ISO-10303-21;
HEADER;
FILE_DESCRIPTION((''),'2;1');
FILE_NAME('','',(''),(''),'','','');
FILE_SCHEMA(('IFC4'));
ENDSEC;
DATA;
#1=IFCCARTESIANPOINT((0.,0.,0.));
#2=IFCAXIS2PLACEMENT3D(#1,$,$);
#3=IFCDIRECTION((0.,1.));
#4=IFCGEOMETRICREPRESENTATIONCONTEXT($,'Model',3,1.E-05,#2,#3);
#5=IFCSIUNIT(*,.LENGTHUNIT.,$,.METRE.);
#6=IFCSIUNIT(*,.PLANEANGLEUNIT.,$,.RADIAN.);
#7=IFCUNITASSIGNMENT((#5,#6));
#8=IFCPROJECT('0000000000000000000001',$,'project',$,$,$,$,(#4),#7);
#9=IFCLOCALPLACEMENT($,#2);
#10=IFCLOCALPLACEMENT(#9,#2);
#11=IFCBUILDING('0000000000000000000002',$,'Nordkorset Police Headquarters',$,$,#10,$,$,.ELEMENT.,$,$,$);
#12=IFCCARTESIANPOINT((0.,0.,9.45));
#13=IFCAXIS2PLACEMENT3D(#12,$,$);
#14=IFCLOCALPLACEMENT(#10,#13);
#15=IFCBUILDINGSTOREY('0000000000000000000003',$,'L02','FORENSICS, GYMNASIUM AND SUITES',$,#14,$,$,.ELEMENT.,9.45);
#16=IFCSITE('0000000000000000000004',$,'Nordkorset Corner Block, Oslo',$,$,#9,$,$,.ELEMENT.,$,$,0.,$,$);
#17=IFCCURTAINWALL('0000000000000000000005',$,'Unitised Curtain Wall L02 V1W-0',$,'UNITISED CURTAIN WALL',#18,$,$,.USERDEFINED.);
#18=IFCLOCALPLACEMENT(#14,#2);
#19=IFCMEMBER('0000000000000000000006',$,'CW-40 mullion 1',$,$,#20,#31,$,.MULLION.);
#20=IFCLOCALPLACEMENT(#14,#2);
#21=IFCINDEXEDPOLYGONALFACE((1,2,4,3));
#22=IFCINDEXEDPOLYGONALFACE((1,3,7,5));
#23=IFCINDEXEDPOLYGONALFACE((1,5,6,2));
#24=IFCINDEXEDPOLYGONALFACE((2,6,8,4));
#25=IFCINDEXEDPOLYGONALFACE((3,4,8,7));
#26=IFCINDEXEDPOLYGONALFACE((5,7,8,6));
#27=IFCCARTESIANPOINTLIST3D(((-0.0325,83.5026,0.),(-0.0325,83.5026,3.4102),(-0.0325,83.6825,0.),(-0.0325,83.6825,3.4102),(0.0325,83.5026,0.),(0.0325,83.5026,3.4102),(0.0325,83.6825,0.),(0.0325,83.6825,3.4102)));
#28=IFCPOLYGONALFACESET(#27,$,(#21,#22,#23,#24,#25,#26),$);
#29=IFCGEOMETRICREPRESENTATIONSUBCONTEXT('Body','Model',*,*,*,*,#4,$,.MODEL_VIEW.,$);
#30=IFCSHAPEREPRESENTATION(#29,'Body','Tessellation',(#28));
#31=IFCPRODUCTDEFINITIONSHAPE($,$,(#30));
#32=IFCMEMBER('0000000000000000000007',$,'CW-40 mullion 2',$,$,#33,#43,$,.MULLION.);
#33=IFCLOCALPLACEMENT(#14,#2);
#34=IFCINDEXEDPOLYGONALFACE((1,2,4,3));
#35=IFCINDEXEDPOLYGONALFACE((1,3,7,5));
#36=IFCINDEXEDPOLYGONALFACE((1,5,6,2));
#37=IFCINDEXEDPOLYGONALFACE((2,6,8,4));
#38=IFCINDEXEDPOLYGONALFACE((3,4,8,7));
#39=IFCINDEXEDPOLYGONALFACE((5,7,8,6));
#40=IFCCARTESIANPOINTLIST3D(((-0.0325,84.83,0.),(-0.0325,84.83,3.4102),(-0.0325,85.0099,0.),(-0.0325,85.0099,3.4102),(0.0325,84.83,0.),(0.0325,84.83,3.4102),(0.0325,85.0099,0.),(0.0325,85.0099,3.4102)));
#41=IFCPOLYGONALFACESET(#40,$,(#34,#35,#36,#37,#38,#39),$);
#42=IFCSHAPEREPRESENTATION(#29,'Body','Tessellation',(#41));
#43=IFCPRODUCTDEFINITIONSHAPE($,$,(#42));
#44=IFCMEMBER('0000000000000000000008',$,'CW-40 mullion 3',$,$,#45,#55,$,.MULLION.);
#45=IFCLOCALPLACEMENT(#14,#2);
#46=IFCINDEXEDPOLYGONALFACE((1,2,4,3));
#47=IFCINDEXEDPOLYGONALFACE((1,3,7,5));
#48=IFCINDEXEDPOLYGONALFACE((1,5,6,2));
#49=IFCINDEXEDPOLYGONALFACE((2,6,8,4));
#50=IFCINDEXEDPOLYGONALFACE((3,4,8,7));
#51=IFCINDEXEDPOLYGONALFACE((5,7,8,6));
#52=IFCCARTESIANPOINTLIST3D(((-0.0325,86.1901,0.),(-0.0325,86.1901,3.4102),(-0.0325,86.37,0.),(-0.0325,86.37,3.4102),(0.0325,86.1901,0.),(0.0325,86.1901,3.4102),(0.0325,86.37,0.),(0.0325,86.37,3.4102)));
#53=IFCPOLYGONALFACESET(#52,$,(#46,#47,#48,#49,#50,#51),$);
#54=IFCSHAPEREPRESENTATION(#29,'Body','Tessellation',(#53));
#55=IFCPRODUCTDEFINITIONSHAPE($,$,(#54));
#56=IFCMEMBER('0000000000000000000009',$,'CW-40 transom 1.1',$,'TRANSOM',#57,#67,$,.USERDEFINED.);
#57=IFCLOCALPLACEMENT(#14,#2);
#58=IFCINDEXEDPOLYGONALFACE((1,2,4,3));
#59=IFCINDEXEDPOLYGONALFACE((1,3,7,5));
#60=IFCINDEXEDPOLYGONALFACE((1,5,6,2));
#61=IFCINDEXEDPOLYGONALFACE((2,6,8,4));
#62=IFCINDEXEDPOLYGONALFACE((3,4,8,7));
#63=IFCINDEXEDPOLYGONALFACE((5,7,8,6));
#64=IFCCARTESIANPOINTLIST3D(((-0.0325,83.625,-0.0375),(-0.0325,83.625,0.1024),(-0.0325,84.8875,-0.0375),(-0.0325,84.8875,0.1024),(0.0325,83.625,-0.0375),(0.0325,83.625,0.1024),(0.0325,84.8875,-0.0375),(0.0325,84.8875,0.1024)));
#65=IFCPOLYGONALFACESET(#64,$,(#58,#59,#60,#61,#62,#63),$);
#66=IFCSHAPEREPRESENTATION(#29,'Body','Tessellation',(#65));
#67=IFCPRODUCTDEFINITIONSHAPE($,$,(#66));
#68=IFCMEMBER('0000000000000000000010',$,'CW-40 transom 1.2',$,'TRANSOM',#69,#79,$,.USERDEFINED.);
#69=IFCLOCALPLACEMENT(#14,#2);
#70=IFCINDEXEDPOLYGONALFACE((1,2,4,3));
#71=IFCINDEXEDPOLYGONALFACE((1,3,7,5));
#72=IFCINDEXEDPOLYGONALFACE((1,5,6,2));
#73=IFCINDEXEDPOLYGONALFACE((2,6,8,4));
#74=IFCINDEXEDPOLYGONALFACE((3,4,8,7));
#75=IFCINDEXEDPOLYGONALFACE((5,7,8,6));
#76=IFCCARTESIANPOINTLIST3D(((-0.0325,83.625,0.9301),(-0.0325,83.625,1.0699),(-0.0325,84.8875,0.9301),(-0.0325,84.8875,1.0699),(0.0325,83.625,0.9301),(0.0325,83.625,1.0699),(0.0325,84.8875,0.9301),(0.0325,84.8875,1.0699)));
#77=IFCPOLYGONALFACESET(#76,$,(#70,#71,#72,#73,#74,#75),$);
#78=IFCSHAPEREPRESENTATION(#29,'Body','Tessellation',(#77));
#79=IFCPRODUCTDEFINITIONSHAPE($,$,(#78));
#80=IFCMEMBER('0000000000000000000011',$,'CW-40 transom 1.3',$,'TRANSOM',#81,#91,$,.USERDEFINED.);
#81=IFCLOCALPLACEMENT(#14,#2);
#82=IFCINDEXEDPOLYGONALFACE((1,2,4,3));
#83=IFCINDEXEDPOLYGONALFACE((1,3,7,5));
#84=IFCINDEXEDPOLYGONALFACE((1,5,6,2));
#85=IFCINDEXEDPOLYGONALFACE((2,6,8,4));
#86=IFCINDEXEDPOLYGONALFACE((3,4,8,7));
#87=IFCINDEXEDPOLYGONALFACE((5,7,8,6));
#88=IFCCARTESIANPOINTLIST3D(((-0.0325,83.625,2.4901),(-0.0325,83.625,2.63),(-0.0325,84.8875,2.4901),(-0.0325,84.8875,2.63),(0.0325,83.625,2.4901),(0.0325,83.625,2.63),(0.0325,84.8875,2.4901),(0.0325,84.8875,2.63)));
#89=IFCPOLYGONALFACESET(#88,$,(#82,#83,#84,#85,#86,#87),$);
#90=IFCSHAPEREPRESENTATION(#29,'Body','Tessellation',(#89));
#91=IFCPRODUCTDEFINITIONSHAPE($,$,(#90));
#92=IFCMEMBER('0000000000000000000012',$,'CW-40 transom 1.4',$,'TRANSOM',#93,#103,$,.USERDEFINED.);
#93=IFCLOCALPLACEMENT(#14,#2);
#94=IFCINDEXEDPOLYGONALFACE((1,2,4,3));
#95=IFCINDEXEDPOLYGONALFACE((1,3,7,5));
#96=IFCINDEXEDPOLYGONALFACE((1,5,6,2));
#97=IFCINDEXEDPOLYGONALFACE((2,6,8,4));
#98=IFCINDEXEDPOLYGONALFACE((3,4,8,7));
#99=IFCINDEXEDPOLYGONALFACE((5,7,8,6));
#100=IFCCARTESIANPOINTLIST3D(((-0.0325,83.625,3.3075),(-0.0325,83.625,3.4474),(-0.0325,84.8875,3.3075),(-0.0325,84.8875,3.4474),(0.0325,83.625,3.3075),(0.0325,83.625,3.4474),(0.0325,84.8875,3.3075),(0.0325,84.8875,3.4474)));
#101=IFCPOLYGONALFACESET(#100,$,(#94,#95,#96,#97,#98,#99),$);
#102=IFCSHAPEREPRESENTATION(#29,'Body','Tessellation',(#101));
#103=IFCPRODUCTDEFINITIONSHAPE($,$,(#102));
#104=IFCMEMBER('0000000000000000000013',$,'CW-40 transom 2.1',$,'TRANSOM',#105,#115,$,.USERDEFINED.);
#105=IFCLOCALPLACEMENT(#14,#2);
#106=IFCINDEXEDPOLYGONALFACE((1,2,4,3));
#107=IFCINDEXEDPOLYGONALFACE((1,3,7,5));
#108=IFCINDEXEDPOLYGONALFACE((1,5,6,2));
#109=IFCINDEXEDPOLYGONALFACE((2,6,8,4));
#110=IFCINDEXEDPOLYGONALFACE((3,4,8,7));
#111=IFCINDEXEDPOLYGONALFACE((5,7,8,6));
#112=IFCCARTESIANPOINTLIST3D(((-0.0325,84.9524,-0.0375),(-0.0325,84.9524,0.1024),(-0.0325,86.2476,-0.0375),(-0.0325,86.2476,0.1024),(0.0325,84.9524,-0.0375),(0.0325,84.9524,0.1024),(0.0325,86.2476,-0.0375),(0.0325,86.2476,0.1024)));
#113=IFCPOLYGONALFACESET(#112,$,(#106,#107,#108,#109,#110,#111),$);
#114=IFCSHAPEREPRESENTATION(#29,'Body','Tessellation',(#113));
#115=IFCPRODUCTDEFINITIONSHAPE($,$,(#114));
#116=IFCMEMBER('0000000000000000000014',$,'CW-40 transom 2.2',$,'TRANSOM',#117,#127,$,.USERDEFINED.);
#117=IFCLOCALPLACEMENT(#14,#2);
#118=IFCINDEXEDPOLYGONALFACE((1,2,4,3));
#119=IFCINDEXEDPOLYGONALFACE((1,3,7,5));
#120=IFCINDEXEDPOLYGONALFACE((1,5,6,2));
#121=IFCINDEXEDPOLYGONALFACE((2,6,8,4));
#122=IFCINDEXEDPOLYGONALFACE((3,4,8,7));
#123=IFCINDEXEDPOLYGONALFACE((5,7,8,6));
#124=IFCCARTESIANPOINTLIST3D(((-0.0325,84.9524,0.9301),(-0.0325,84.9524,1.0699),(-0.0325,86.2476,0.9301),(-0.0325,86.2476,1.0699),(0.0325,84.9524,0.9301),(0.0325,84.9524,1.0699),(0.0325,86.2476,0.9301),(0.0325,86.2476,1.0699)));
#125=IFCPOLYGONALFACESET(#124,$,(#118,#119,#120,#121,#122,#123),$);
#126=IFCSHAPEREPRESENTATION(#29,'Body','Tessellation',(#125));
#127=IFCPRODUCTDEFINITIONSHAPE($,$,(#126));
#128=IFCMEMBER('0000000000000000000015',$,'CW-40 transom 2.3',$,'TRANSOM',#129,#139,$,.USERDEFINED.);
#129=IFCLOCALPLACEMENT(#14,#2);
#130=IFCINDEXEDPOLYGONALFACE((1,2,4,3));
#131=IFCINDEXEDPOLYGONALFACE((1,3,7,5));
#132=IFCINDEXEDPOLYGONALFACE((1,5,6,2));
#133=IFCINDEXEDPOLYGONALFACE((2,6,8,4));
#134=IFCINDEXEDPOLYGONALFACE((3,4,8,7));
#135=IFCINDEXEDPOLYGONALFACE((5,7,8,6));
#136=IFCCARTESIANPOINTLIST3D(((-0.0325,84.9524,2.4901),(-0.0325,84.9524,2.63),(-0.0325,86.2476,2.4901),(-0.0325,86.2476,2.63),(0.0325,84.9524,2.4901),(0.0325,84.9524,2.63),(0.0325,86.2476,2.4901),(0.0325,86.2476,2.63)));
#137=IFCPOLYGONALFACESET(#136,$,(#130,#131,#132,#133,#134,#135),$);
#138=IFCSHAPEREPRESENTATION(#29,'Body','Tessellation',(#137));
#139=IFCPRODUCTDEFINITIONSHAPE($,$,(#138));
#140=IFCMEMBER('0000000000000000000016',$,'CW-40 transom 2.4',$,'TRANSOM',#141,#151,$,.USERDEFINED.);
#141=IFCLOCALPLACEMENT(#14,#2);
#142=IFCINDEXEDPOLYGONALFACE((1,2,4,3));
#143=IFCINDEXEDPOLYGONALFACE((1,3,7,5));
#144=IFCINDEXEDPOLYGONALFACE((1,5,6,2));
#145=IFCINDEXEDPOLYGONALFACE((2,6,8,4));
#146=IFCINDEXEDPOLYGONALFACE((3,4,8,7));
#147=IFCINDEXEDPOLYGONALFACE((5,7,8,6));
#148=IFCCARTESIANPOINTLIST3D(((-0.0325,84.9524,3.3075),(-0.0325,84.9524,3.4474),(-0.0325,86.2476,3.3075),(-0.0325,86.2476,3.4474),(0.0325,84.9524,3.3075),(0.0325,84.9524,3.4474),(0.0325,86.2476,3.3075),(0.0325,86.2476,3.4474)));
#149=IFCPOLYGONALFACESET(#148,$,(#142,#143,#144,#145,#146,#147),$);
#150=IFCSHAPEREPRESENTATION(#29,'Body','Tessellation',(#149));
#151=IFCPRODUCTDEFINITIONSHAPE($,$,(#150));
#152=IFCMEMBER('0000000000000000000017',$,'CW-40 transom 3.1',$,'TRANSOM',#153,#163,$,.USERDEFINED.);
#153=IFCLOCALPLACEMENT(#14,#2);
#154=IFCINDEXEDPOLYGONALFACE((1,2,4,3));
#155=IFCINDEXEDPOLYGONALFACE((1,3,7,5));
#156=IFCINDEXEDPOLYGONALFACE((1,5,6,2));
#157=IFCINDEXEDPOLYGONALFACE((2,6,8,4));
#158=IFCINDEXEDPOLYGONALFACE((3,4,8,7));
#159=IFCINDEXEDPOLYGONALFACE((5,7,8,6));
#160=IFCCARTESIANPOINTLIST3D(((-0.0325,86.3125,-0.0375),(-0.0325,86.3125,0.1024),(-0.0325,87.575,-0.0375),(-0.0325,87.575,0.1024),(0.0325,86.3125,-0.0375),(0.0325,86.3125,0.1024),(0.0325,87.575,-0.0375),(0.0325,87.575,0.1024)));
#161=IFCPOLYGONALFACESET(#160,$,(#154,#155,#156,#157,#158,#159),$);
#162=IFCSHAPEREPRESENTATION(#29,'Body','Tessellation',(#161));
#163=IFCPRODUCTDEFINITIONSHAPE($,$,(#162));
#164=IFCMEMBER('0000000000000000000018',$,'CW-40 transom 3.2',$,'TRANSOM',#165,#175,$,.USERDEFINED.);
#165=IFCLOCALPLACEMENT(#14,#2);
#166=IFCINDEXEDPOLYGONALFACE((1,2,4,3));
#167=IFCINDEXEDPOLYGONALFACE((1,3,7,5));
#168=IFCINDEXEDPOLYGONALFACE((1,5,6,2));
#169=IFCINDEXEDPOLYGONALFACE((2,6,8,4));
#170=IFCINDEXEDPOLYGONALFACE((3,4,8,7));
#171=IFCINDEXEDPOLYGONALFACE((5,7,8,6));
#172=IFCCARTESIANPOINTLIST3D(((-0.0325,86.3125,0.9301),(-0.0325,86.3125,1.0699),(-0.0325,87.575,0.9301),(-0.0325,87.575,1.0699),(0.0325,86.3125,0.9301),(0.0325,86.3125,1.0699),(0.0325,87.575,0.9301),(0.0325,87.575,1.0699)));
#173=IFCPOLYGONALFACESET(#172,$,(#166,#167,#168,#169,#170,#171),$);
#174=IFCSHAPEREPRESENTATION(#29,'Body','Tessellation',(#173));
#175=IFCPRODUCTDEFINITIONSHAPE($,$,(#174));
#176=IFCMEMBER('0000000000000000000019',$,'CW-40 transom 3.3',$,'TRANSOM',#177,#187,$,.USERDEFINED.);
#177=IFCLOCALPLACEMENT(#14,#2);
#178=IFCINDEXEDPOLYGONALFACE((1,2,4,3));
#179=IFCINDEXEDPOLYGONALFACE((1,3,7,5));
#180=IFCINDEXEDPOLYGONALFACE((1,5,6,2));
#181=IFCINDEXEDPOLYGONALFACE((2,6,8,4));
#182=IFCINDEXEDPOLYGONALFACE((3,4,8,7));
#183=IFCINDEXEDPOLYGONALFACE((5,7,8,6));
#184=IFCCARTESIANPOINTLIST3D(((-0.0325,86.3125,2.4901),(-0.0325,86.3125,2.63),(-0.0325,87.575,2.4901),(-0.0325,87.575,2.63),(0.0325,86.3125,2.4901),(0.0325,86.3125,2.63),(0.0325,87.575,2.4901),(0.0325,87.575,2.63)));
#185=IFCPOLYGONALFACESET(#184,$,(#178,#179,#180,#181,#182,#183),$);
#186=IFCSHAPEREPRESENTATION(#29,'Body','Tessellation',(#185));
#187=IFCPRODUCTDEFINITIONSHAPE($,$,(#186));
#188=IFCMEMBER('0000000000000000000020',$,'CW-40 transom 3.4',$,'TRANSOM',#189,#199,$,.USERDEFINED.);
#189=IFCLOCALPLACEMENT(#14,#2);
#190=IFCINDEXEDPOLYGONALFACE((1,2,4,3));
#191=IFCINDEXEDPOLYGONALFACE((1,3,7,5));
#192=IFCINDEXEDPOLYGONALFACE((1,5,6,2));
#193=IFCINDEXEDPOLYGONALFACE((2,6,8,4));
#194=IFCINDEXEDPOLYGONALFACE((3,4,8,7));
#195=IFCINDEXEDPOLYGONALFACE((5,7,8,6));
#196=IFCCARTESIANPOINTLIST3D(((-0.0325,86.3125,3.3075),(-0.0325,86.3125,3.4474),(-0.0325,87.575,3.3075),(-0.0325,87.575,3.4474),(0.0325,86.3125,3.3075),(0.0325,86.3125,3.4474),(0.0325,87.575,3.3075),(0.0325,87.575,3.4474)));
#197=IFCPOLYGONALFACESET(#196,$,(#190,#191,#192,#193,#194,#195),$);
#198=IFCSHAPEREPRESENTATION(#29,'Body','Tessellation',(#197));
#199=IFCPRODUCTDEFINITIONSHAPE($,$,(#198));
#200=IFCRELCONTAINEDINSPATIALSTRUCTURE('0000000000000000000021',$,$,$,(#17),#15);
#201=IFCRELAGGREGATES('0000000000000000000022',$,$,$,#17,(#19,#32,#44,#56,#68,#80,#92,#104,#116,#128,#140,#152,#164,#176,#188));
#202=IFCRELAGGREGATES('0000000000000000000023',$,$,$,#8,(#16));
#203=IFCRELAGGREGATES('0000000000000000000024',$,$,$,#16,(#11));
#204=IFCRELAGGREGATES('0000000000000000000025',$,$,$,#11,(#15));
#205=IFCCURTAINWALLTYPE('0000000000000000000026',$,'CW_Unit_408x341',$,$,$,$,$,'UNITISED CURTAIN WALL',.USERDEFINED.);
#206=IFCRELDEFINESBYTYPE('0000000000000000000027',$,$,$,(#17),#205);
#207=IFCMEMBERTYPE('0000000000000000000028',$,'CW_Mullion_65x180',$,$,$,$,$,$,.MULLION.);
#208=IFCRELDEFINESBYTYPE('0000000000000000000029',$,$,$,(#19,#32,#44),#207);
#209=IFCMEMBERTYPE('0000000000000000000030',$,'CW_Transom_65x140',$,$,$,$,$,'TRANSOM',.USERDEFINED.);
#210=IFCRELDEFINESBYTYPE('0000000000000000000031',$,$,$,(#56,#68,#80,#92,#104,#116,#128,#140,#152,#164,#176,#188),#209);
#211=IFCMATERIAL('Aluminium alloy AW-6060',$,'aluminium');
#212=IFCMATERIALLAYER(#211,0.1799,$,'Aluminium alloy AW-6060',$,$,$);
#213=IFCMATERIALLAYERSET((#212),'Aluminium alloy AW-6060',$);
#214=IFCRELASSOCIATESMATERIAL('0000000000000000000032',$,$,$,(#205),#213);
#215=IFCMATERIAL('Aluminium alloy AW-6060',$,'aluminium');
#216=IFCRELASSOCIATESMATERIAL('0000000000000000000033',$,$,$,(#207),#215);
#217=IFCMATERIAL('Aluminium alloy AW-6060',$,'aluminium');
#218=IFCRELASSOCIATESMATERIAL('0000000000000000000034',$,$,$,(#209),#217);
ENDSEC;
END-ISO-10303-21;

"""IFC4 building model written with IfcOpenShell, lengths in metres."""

from ifc_helpers import new_model, si_unit, direction, frame, origin, origin_2d, place, context, subcontext, project, spatial, rectangle, extrude, material, layer, layer_set, material_profile, profile_set, type_object, element, aggregate, save


model = new_model("IFC4")

# Units and contexts
model_context = context("Model", 3, precision=1e-05, world=origin(), true_north=direction((0.0, 1.0)))
body_context = subcontext(model_context, "Body", "Model", "MODEL_VIEW")
ifc_project = project(units=[si_unit("LENGTHUNIT", "METRE"), si_unit("PLANEANGLEUNIT", "RADIAN")], contexts=[model_context])

# Site, building, storey
site_placement = place(None, origin())
site = spatial("IfcSite", under=ifc_project, at=site_placement, Name="Nordkorset Corner Block, Oslo", CompositionType="ELEMENT", RefElevation=0.0)
building_placement = place(site_placement, origin())
building = spatial("IfcBuilding", under=site, at=building_placement, Name="Nordkorset Police Headquarters", CompositionType="ELEMENT")
storey_placement = place(building_placement, frame((0.0, 0.0, 9.45)))
storey = spatial("IfcBuildingStorey", under=building, at=storey_placement, Name="L02", Description="FORENSICS, GYMNASIUM AND SUITES", CompositionType="ELEMENT", Elevation=9.45)

# Curtain wall, members
ifc_material_1 = material(Name="Aluminium alloy AW-6060", Category="aluminium")
ifc_layer_1 = layer(ifc_material_1, 0.1799, Name="Aluminium alloy AW-6060")
ifc_layer_set_1 = layer_set([ifc_layer_1], Name="Aluminium alloy AW-6060")
curtain_wall_type = type_object("IfcCurtainWallType", Name="CW_Unit_408x341", ElementType="UNITISED CURTAIN WALL", PredefinedType="USERDEFINED", material=ifc_layer_set_1)
curtain_wall_placement = place(storey_placement, origin())
curtain_wall = element("IfcCurtainWall", 1, at=curtain_wall_placement, inside=storey, type_object=curtain_wall_type, Name="Unitised Curtain Wall L02 V1W-0", ObjectType="UNITISED CURTAIN WALL", PredefinedType="USERDEFINED")
ifc_material_2 = material(Name="Aluminium alloy AW-6060", Category="aluminium")
ifc_material_profile_1 = material_profile(ifc_material_2, rectangle(XDim=0.0649, YDim=0.1799, at=origin_2d()), Name="ALU MULL 65x180")
ifc_profile_set_1 = profile_set([ifc_material_profile_1], Name="Aluminium alloy AW-6060")
member_type_1 = type_object("IfcMemberType", Name="CW_Mullion_65x180", PredefinedType="MULLION", material=ifc_profile_set_1)
member_1_placement = place(storey_placement, frame((0.0, 83.5925, 0.0), z_axis=(0.0, 0.0, 1.0), x_axis=(-1.0, 0.0, 0.0)))
member_1 = element("IfcMember", 2, at=member_1_placement, type_object=member_type_1, Name="CW-40 mullion 1", PredefinedType="MULLION", context=body_context, shape_type="SweptSolid", body=[
    extrude(rectangle(XDim=0.0649, YDim=0.1799, at=origin_2d()), origin(), (0.0, 0.0, 1.0), 3.4102),
])
member_2_placement = place(storey_placement, frame((0.0, 84.9199, 0.0), z_axis=(0.0, 0.0, 1.0), x_axis=(-1.0, 0.0, 0.0)))
member_2 = element("IfcMember", 3, at=member_2_placement, type_object=member_type_1, Name="CW-40 mullion 2", PredefinedType="MULLION", context=body_context, shape_type="SweptSolid", body=[
    extrude(rectangle(XDim=0.0649, YDim=0.1799, at=origin_2d()), origin(), (0.0, 0.0, 1.0), 3.4102),
])
member_3_placement = place(storey_placement, frame((0.0, 86.28, 0.0), z_axis=(0.0, 0.0, 1.0), x_axis=(-1.0, 0.0, 0.0)))
member_3 = element("IfcMember", 4, at=member_3_placement, type_object=member_type_1, Name="CW-40 mullion 3", PredefinedType="MULLION", context=body_context, shape_type="SweptSolid", body=[
    extrude(rectangle(XDim=0.0649, YDim=0.1799, at=origin_2d()), origin(), (0.0, 0.0, 1.0), 3.4102),
])
ifc_material_3 = material(Name="Aluminium alloy AW-6060", Category="aluminium")
ifc_material_profile_2 = material_profile(ifc_material_3, rectangle(XDim=0.0649, YDim=0.1399, at=origin_2d()), Name="ALU TRAN 65x140")
ifc_profile_set_2 = profile_set([ifc_material_profile_2], Name="Aluminium alloy AW-6060")
member_type_2 = type_object("IfcMemberType", Name="CW_Transom_65x140", ElementType="TRANSOM", PredefinedType="USERDEFINED", material=ifc_profile_set_2)
member_4_placement = place(storey_placement, frame((0.0, 83.625, 0.0325), z_axis=(0.0, 1.0, 0.0), x_axis=(-1.0, 0.0, 0.0)))
member_4 = element("IfcMember", 5, at=member_4_placement, type_object=member_type_2, Name="CW-40 transom 1.1", ObjectType="TRANSOM", PredefinedType="USERDEFINED", context=body_context, shape_type="SweptSolid", body=[
    extrude(rectangle(XDim=0.0649, YDim=0.1399, at=origin_2d()), origin(), (0.0, 0.0, 1.0), 1.2625),
])
member_5_placement = place(storey_placement, frame((0.0, 83.625, 1.0), z_axis=(0.0, 1.0, 0.0), x_axis=(-1.0, 0.0, 0.0)))
member_5 = element("IfcMember", 6, at=member_5_placement, type_object=member_type_2, Name="CW-40 transom 1.2", ObjectType="TRANSOM", PredefinedType="USERDEFINED", context=body_context, shape_type="SweptSolid", body=[
    extrude(rectangle(XDim=0.0649, YDim=0.1399, at=origin_2d()), origin(), (0.0, 0.0, 1.0), 1.2625),
])
member_6_placement = place(storey_placement, frame((0.0, 83.625, 2.5601), z_axis=(0.0, 1.0, 0.0), x_axis=(-1.0, 0.0, 0.0)))
member_6 = element("IfcMember", 7, at=member_6_placement, type_object=member_type_2, Name="CW-40 transom 1.3", ObjectType="TRANSOM", PredefinedType="USERDEFINED", context=body_context, shape_type="SweptSolid", body=[
    extrude(rectangle(XDim=0.0649, YDim=0.1399, at=origin_2d()), origin(), (0.0, 0.0, 1.0), 1.2625),
])
member_7_placement = place(storey_placement, frame((0.0, 83.625, 3.3774), z_axis=(0.0, 1.0, 0.0), x_axis=(-1.0, 0.0, 0.0)))
member_7 = element("IfcMember", 8, at=member_7_placement, type_object=member_type_2, Name="CW-40 transom 1.4", ObjectType="TRANSOM", PredefinedType="USERDEFINED", context=body_context, shape_type="SweptSolid", body=[
    extrude(rectangle(XDim=0.0649, YDim=0.1399, at=origin_2d()), origin(), (0.0, 0.0, 1.0), 1.2625),
])
member_8_placement = place(storey_placement, frame((0.0, 84.9524, 0.0325), z_axis=(0.0, 1.0, 0.0), x_axis=(-1.0, 0.0, 0.0)))
member_8 = element("IfcMember", 9, at=member_8_placement, type_object=member_type_2, Name="CW-40 transom 2.1", ObjectType="TRANSOM", PredefinedType="USERDEFINED", context=body_context, shape_type="SweptSolid", body=[
    extrude(rectangle(XDim=0.0649, YDim=0.1399, at=origin_2d()), origin(), (0.0, 0.0, 1.0), 1.2952),
])
member_9_placement = place(storey_placement, frame((0.0, 84.9524, 1.0), z_axis=(0.0, 1.0, 0.0), x_axis=(-1.0, 0.0, 0.0)))
member_9 = element("IfcMember", 10, at=member_9_placement, type_object=member_type_2, Name="CW-40 transom 2.2", ObjectType="TRANSOM", PredefinedType="USERDEFINED", context=body_context, shape_type="SweptSolid", body=[
    extrude(rectangle(XDim=0.0649, YDim=0.1399, at=origin_2d()), origin(), (0.0, 0.0, 1.0), 1.2952),
])
member_10_placement = place(storey_placement, frame((0.0, 84.9524, 2.5601), z_axis=(0.0, 1.0, 0.0), x_axis=(-1.0, 0.0, 0.0)))
member_10 = element("IfcMember", 11, at=member_10_placement, type_object=member_type_2, Name="CW-40 transom 2.3", ObjectType="TRANSOM", PredefinedType="USERDEFINED", context=body_context, shape_type="SweptSolid", body=[
    extrude(rectangle(XDim=0.0649, YDim=0.1399, at=origin_2d()), origin(), (0.0, 0.0, 1.0), 1.2952),
])
member_11_placement = place(storey_placement, frame((0.0, 84.9524, 3.3774), z_axis=(0.0, 1.0, 0.0), x_axis=(-1.0, 0.0, 0.0)))
member_11 = element("IfcMember", 12, at=member_11_placement, type_object=member_type_2, Name="CW-40 transom 2.4", ObjectType="TRANSOM", PredefinedType="USERDEFINED", context=body_context, shape_type="SweptSolid", body=[
    extrude(rectangle(XDim=0.0649, YDim=0.1399, at=origin_2d()), origin(), (0.0, 0.0, 1.0), 1.2952),
])
member_12_placement = place(storey_placement, frame((0.0, 86.3125, 0.0325), z_axis=(0.0, 1.0, 0.0), x_axis=(-1.0, 0.0, 0.0)))
member_12 = element("IfcMember", 13, at=member_12_placement, type_object=member_type_2, Name="CW-40 transom 3.1", ObjectType="TRANSOM", PredefinedType="USERDEFINED", context=body_context, shape_type="SweptSolid", body=[
    extrude(rectangle(XDim=0.0649, YDim=0.1399, at=origin_2d()), origin(), (0.0, 0.0, 1.0), 1.2625),
])
member_13_placement = place(storey_placement, frame((0.0, 86.3125, 1.0), z_axis=(0.0, 1.0, 0.0), x_axis=(-1.0, 0.0, 0.0)))
member_13 = element("IfcMember", 14, at=member_13_placement, type_object=member_type_2, Name="CW-40 transom 3.2", ObjectType="TRANSOM", PredefinedType="USERDEFINED", context=body_context, shape_type="SweptSolid", body=[
    extrude(rectangle(XDim=0.0649, YDim=0.1399, at=origin_2d()), origin(), (0.0, 0.0, 1.0), 1.2625),
])
member_14_placement = place(storey_placement, frame((0.0, 86.3125, 2.5601), z_axis=(0.0, 1.0, 0.0), x_axis=(-1.0, 0.0, 0.0)))
member_14 = element("IfcMember", 15, at=member_14_placement, type_object=member_type_2, Name="CW-40 transom 3.3", ObjectType="TRANSOM", PredefinedType="USERDEFINED", context=body_context, shape_type="SweptSolid", body=[
    extrude(rectangle(XDim=0.0649, YDim=0.1399, at=origin_2d()), origin(), (0.0, 0.0, 1.0), 1.2625),
])
member_15_placement = place(storey_placement, frame((0.0, 86.3125, 3.3774), z_axis=(0.0, 1.0, 0.0), x_axis=(-1.0, 0.0, 0.0)))
member_15 = element("IfcMember", 16, at=member_15_placement, type_object=member_type_2, Name="CW-40 transom 3.4", ObjectType="TRANSOM", PredefinedType="USERDEFINED", context=body_context, shape_type="SweptSolid", body=[
    extrude(rectangle(XDim=0.0649, YDim=0.1399, at=origin_2d()), origin(), (0.0, 0.0, 1.0), 1.2625),
])
aggregate(curtain_wall, [member_1, member_2, member_3, member_4, member_5, member_6, member_7, member_8, member_9, member_10, member_11, member_12, member_13, member_14, member_15])

save(model, "model.ifc")
